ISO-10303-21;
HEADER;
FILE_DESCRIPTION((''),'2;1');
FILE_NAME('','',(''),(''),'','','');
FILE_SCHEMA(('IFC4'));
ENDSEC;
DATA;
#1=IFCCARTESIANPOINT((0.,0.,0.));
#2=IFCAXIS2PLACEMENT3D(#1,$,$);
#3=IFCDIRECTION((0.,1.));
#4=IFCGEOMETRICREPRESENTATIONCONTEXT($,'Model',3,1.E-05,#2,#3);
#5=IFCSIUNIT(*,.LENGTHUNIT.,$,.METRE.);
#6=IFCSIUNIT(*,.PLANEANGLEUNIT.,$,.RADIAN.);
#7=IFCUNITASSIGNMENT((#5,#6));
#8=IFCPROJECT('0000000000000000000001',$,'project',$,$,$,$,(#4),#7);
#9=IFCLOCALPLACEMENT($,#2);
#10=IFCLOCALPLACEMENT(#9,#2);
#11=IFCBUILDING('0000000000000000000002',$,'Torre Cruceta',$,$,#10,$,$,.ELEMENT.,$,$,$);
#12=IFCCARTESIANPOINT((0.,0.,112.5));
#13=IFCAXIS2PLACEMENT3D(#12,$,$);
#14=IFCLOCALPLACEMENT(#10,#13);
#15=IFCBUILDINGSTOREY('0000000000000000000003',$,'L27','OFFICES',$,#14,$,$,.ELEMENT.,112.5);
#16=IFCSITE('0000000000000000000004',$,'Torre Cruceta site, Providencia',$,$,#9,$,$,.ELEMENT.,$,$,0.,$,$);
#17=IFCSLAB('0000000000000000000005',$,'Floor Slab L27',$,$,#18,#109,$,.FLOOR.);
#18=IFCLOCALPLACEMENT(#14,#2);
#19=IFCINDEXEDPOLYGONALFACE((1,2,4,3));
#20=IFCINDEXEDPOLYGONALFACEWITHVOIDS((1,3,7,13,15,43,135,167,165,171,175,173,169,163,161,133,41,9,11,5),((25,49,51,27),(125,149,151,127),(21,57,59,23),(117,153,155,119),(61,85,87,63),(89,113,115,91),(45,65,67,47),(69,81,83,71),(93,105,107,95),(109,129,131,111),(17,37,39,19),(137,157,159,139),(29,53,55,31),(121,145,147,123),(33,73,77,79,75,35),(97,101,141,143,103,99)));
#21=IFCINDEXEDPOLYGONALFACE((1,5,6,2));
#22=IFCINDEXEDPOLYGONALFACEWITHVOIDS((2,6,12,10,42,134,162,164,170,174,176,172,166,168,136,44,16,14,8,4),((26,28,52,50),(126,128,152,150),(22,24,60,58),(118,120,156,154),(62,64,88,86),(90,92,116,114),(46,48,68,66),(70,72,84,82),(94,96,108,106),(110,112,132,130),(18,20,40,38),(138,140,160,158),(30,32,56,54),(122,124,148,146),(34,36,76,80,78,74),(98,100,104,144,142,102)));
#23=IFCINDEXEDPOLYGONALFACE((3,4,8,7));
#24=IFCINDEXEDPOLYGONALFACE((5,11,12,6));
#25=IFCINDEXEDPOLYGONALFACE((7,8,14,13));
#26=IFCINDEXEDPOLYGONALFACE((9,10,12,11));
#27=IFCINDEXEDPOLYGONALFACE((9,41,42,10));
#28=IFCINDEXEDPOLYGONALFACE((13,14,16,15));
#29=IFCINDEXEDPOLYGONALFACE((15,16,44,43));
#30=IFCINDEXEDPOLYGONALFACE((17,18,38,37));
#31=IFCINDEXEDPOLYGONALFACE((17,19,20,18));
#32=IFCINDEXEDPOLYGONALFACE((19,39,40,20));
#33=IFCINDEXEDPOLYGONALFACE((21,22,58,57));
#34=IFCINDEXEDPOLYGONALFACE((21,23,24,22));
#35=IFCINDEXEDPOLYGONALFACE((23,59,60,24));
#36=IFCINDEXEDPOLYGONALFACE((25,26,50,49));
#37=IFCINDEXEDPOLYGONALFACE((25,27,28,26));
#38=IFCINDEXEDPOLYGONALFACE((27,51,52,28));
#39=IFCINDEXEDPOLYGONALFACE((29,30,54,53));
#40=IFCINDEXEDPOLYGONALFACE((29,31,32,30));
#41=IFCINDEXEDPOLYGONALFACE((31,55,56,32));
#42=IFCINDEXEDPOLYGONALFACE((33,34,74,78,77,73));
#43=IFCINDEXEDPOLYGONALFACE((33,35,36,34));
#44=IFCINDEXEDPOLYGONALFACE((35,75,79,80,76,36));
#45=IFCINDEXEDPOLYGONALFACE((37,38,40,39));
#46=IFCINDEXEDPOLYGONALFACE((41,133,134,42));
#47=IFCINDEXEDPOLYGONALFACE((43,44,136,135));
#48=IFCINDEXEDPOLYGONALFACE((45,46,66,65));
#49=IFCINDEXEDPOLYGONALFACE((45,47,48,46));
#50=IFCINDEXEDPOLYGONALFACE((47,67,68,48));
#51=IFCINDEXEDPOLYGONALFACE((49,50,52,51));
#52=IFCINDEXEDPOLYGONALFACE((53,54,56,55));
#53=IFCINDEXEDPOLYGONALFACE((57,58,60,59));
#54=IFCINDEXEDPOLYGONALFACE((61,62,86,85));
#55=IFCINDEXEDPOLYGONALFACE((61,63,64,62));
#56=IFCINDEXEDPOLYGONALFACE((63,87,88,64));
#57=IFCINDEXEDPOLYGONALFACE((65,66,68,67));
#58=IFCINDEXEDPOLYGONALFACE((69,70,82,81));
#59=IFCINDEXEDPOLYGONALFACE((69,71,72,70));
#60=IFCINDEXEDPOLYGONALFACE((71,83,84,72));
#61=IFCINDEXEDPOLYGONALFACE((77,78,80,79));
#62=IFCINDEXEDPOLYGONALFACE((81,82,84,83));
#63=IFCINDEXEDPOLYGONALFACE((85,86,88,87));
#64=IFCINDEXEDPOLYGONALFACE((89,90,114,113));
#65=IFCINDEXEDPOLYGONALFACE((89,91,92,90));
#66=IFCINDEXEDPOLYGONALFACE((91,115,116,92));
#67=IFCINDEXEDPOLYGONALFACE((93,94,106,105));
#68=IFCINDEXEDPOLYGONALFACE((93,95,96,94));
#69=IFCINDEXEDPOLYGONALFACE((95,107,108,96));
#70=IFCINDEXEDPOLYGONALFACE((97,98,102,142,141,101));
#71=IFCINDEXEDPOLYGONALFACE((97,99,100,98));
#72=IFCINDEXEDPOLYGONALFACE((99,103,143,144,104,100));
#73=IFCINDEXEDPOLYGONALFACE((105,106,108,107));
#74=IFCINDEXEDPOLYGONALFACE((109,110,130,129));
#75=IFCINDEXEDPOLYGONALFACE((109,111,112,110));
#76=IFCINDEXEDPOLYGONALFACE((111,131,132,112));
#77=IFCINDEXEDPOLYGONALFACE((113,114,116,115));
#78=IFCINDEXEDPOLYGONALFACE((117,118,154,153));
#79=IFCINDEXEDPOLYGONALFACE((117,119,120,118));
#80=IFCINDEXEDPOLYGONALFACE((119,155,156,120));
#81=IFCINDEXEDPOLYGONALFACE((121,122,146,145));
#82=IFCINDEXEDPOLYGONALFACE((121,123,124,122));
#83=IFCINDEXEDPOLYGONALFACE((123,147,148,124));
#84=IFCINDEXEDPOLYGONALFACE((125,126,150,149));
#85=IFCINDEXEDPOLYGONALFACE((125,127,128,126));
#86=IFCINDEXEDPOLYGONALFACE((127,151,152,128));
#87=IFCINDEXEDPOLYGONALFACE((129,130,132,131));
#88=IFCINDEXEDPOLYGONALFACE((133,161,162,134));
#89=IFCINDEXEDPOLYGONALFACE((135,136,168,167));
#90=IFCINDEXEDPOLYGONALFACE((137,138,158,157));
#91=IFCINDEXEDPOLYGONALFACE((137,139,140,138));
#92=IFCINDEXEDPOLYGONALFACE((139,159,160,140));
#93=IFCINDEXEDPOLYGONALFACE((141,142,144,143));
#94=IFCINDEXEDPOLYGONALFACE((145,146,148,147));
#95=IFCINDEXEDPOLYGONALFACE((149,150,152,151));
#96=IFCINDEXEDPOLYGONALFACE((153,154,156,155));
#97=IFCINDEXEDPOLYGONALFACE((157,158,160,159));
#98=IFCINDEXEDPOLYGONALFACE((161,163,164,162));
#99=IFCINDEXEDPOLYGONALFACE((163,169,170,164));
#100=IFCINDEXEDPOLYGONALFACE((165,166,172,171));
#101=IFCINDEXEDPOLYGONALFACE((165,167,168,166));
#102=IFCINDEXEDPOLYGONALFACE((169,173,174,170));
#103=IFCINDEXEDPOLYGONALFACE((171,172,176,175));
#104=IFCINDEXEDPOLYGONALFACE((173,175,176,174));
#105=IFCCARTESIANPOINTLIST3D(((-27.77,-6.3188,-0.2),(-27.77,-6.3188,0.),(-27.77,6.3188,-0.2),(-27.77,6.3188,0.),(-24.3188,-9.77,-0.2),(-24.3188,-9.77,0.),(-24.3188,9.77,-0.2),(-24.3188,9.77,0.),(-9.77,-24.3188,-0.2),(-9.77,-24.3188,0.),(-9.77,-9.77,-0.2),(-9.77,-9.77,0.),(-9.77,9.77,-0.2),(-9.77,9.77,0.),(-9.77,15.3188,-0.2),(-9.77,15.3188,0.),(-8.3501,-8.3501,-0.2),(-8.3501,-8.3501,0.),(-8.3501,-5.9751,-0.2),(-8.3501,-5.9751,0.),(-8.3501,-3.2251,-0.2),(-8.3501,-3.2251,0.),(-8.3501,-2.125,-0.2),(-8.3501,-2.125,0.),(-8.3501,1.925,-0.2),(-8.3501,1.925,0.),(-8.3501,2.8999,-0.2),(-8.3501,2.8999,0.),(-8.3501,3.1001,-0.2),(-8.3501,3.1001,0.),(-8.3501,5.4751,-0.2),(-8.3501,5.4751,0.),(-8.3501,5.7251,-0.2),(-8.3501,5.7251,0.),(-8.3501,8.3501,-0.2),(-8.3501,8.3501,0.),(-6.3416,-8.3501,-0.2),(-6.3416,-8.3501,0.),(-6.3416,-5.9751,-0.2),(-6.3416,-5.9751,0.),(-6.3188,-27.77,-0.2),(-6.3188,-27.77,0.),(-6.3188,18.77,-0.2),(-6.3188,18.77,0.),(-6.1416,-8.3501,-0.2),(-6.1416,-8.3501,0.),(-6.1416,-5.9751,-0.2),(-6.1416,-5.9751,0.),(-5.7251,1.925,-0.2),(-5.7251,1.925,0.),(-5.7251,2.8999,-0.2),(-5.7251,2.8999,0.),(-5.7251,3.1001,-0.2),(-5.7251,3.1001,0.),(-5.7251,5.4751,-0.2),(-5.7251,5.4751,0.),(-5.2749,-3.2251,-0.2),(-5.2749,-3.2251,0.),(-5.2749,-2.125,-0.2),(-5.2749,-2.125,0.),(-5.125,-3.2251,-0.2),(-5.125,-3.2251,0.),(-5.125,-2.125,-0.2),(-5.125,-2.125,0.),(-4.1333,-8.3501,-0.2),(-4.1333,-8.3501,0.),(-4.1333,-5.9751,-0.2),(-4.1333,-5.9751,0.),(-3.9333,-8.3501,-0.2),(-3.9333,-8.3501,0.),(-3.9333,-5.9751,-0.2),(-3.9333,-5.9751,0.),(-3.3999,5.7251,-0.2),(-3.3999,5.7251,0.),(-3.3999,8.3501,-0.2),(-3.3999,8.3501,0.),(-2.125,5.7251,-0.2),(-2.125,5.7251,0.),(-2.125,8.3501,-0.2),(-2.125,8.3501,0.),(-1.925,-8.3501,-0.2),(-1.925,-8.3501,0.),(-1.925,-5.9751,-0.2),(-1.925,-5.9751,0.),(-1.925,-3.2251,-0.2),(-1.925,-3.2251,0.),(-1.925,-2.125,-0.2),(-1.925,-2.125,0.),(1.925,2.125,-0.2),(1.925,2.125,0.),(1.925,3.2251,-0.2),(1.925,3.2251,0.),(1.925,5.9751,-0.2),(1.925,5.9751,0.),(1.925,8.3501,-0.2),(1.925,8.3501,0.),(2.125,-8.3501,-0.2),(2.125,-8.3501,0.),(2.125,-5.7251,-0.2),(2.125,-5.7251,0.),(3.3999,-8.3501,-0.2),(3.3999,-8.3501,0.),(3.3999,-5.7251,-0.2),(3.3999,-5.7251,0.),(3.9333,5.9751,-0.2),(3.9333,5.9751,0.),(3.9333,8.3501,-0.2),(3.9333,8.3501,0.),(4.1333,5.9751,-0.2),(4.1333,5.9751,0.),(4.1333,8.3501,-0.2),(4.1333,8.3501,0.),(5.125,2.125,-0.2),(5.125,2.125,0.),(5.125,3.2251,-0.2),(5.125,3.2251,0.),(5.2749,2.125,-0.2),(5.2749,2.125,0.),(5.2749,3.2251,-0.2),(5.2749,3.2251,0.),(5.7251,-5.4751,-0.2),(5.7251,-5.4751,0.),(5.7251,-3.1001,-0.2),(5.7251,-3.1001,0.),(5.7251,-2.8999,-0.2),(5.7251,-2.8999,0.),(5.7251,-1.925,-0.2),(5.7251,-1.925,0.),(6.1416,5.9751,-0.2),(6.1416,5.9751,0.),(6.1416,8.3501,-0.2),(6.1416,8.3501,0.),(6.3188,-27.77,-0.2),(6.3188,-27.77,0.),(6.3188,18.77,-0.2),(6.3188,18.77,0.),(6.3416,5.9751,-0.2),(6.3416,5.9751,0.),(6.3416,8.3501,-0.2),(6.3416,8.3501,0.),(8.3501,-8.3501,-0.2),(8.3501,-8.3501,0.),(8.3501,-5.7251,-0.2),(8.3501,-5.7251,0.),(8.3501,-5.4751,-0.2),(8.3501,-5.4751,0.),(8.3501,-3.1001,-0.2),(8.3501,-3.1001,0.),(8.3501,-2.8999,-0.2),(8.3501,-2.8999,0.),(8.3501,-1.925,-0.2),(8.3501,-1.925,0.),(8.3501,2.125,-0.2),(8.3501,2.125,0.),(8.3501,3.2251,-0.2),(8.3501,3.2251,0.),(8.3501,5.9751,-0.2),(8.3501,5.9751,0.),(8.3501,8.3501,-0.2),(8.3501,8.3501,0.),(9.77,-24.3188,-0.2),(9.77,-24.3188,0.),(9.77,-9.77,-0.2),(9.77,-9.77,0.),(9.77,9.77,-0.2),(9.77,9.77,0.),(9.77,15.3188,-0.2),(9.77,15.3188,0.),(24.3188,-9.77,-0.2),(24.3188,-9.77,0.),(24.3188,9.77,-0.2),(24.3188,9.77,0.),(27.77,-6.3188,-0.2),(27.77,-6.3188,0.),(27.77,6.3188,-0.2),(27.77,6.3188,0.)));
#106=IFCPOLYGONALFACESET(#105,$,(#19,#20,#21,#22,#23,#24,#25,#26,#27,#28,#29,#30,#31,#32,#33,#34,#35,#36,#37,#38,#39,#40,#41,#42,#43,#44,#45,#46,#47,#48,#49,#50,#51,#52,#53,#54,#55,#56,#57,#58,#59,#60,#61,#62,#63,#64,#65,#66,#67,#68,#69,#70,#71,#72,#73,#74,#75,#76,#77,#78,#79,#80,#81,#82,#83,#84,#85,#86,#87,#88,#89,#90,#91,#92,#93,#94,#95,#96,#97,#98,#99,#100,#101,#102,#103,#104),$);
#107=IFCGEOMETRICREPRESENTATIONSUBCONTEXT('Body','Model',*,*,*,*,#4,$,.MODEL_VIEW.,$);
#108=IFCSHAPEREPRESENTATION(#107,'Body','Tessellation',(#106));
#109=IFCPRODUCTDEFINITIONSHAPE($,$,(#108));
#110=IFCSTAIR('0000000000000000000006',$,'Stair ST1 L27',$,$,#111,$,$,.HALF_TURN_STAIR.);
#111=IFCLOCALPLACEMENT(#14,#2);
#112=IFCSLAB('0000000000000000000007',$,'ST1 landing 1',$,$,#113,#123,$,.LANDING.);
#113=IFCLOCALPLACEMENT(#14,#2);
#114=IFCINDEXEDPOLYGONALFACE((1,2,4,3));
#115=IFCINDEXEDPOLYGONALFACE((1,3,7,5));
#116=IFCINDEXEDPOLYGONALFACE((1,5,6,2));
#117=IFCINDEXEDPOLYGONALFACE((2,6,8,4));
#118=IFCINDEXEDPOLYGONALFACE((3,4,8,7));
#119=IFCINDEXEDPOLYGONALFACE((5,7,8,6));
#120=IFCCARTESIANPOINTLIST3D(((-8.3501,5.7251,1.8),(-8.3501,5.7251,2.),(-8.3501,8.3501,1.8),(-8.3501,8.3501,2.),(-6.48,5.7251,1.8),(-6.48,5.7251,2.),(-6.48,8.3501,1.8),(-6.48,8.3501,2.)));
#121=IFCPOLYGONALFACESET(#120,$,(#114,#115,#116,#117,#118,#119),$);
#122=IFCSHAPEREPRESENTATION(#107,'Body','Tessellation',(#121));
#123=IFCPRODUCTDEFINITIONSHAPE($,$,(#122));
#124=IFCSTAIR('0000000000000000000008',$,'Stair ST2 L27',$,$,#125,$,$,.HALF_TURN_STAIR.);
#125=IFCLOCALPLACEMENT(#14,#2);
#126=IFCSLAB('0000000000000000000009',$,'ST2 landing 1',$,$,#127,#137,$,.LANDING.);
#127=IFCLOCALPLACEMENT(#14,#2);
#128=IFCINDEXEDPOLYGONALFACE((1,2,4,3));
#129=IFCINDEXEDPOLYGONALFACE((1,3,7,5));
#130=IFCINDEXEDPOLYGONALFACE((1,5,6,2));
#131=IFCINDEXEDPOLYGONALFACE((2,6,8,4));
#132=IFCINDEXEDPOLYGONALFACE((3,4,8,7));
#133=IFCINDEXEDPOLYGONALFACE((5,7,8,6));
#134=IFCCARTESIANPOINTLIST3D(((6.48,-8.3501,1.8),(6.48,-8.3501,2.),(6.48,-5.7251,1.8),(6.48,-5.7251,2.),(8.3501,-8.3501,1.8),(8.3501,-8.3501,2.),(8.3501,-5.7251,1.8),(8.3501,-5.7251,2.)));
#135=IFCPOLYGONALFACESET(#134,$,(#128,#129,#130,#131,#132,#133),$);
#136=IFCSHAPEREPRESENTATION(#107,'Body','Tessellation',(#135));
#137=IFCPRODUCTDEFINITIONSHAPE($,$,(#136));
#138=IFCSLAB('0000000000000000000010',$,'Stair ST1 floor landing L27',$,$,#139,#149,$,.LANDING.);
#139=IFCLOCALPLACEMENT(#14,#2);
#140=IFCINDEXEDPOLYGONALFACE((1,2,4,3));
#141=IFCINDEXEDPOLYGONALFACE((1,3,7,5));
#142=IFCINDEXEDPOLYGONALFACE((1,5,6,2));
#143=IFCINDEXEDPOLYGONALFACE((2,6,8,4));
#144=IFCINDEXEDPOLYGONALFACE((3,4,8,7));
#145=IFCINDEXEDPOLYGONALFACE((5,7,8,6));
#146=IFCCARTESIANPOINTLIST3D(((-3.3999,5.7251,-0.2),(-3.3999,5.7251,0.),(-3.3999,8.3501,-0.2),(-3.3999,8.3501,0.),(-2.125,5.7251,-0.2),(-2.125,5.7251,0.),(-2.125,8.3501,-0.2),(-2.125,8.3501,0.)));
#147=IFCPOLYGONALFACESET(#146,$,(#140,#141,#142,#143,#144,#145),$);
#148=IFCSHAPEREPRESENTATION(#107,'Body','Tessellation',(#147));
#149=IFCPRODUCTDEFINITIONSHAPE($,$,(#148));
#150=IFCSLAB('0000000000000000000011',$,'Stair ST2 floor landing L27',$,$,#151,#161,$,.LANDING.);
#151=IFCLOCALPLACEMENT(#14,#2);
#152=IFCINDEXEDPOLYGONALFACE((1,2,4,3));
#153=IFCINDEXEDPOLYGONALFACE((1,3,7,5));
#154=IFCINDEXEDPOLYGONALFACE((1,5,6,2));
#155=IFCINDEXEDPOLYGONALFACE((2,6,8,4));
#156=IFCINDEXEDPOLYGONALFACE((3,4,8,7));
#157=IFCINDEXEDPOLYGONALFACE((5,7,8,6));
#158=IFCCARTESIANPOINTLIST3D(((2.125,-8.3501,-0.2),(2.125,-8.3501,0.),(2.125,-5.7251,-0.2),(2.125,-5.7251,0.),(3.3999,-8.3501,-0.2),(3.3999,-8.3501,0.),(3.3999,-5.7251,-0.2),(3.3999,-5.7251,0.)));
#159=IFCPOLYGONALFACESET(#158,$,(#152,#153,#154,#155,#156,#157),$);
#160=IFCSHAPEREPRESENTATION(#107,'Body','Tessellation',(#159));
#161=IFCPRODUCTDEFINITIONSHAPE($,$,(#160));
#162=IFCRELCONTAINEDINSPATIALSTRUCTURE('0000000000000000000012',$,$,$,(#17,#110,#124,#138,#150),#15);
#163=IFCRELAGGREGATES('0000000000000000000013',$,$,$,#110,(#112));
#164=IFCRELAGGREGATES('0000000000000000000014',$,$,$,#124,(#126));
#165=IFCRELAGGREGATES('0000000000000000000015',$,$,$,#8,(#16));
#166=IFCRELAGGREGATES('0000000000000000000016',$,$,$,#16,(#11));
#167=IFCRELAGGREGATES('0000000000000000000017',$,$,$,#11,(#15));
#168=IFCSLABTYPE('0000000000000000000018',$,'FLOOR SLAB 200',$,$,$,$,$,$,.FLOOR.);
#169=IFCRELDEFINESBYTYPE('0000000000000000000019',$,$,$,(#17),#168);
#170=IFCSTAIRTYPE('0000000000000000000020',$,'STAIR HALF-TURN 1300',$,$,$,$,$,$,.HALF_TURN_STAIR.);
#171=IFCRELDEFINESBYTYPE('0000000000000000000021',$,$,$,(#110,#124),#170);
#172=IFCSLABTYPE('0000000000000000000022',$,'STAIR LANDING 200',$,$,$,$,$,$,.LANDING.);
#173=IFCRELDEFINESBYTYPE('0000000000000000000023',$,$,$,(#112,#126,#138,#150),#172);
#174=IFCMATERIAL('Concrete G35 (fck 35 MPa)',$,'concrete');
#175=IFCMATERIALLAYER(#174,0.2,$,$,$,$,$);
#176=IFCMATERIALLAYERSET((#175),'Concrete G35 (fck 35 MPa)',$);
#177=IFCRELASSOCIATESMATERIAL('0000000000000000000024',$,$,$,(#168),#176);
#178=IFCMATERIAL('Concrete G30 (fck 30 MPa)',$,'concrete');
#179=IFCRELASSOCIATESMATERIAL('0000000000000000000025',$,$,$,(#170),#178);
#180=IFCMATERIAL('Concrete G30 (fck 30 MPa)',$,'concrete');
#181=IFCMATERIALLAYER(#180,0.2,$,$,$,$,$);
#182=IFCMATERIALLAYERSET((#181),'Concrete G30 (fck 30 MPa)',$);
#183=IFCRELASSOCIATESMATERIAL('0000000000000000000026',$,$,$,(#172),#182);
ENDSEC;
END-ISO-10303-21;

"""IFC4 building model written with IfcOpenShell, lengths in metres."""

from ifc_helpers import new_model, si_unit, direction, frame, origin, place, context, subcontext, project, spatial, polyline, outline, extrude, material, layer, layer_set, type_object, element, aggregate, save


model = new_model("IFC4")

# Units and contexts
model_context = context("Model", 3, precision=1e-05, world=origin(), true_north=direction((0.0, 1.0)))
body_context = subcontext(model_context, "Body", "Model", "MODEL_VIEW")
ifc_project = project(units=[si_unit("LENGTHUNIT", "METRE"), si_unit("PLANEANGLEUNIT", "RADIAN")], contexts=[model_context])

# Site, building, storey
site_placement = place(None, origin())
site = spatial("IfcSite", under=ifc_project, at=site_placement, Name="Torre Cruceta site, Providencia", CompositionType="ELEMENT", RefElevation=0.0)
building_placement = place(site_placement, origin())
building = spatial("IfcBuilding", under=site, at=building_placement, Name="Torre Cruceta", CompositionType="ELEMENT")
storey_placement = place(building_placement, frame((0.0, 0.0, 112.5)))
storey = spatial("IfcBuildingStorey", under=building, at=storey_placement, Name="L27", Description="OFFICES", CompositionType="ELEMENT", Elevation=112.5)

# Slab
ifc_material_1 = material(Name="Concrete G35 (fck 35 MPa)", Category="concrete")
ifc_layer_1 = layer(ifc_material_1, 0.2)
ifc_layer_set_1 = layer_set([ifc_layer_1], Name="Concrete G35 (fck 35 MPa)")
slab_type_1 = type_object("IfcSlabType", Name="FLOOR SLAB 200", PredefinedType="FLOOR", material=ifc_layer_set_1)
slab_1_placement = place(storey_placement, frame((0.0, 0.0, -0.2)))
element("IfcSlab", 1, at=slab_1_placement, inside=storey, type_object=slab_type_1, Name="Floor Slab L27", PredefinedType="FLOOR", context=body_context, shape_type="SweptSolid", body=[
    extrude(outline(polyline([(9.77, -9.77), (9.77, -24.3188), (6.3188, -27.77), (-6.3188, -27.77), (-9.77, -24.3188), (-9.77, -9.77), (-24.3188, -9.77), (-27.77, -6.3188), (-27.77, 6.3188), (-24.3188, 9.77), (-9.77, 9.77), (-9.77, 15.3188), (-6.3188, 18.77), (6.3188, 18.77), (9.77, 15.3188), (9.77, 9.77), (24.3188, 9.77), (27.77, 6.3188), (27.77, -6.3188), (24.3188, -9.77), (9.77, -9.77)]), holes=[polyline([(1.925, 5.9751), (3.9333, 5.9751), (3.9333, 8.3501), (1.925, 8.3501), (1.925, 5.9751)]), polyline([(4.1333, 5.9751), (6.1416, 5.9751), (6.1416, 8.3501), (4.1333, 8.3501), (4.1333, 5.9751)]), polyline([(6.3416, 5.9751), (8.3501, 5.9751), (8.3501, 8.3501), (6.3416, 8.3501), (6.3416, 5.9751)]), polyline([(1.925, 2.125), (5.125, 2.125), (5.125, 3.2251), (1.925, 3.2251), (1.925, 2.125)]), polyline([(5.2749, 2.125), (8.3501, 2.125), (8.3501, 3.2251), (5.2749, 3.2251), (5.2749, 2.125)]), polyline([(-8.3501, 3.1001), (-5.7251, 3.1001), (-5.7251, 5.4751), (-8.3501, 5.4751), (-8.3501, 3.1001)]), polyline([(-8.3501, 1.925), (-5.7251, 1.925), (-5.7251, 2.8999), (-8.3501, 2.8999), (-8.3501, 1.925)]), polyline([(-3.9333, -8.3501), (-1.925, -8.3501), (-1.925, -5.9751), (-3.9333, -5.9751), (-3.9333, -8.3501)]), polyline([(-6.1416, -8.3501), (-4.1333, -8.3501), (-4.1333, -5.9751), (-6.1416, -5.9751), (-6.1416, -8.3501)]), polyline([(-8.3501, -8.3501), (-6.3416, -8.3501), (-6.3416, -5.9751), (-8.3501, -5.9751), (-8.3501, -8.3501)]), polyline([(-5.125, -3.2251), (-1.925, -3.2251), (-1.925, -2.125), (-5.125, -2.125), (-5.125, -3.2251)]), polyline([(-8.3501, -3.2251), (-5.2749, -3.2251), (-5.2749, -2.125), (-8.3501, -2.125), (-8.3501, -3.2251)]), polyline([(5.7251, -5.4751), (8.3501, -5.4751), (8.3501, -3.1001), (5.7251, -3.1001), (5.7251, -5.4751)]), polyline([(5.7251, -2.8999), (8.3501, -2.8999), (8.3501, -1.925), (5.7251, -1.925), (5.7251, -2.8999)]), polyline([(-8.3501, 5.7251), (-8.3501, 8.3501), (-3.3999, 8.3501), (-2.125, 8.3501), (-2.125, 5.7251), (-3.3999, 5.7251), (-8.3501, 5.7251)]), polyline([(2.125, -5.7251), (3.3999, -5.7251), (8.3501, -5.7251), (8.3501, -8.3501), (3.3999, -8.3501), (2.125, -8.3501), (2.125, -5.7251)])]), origin(), (0.0, 0.0, 1.0), 0.2),
])

# Stairs, slabs
ifc_material_2 = material(Name="Concrete G30 (fck 30 MPa)", Category="concrete")
stair_type = type_object("IfcStairType", Name="STAIR HALF-TURN 1300", PredefinedType="HALF_TURN_STAIR", material=ifc_material_2)
stair_1_placement = place(storey_placement, origin())
stair_1 = element("IfcStair", 2, at=stair_1_placement, inside=storey, type_object=stair_type, Name="Stair ST1 L27", PredefinedType="HALF_TURN_STAIR")
ifc_material_3 = material(Name="Concrete G30 (fck 30 MPa)", Category="concrete")
ifc_layer_2 = layer(ifc_material_3, 0.2)
ifc_layer_set_2 = layer_set([ifc_layer_2], Name="Concrete G30 (fck 30 MPa)")
slab_type_2 = type_object("IfcSlabType", Name="STAIR LANDING 200", PredefinedType="LANDING", material=ifc_layer_set_2)
slab_2_placement = place(storey_placement, frame((0.0, 0.0, 1.8)))
slab_2 = element("IfcSlab", 3, at=slab_2_placement, type_object=slab_type_2, Name="ST1 landing 1", PredefinedType="LANDING", context=body_context, shape_type="SweptSolid", body=[
    extrude(outline(polyline([(-8.3501, 5.7251), (-6.48, 5.7251), (-6.48, 8.3501), (-8.3501, 8.3501), (-8.3501, 5.7251)])), origin(), (0.0, 0.0, 1.0), 0.2),
])
aggregate(stair_1, [slab_2])
stair_2_placement = place(storey_placement, origin())
stair_2 = element("IfcStair", 4, at=stair_2_placement, inside=storey, type_object=stair_type, Name="Stair ST2 L27", PredefinedType="HALF_TURN_STAIR")
slab_3_placement = place(storey_placement, frame((0.0, 0.0, 1.8)))
slab_3 = element("IfcSlab", 5, at=slab_3_placement, type_object=slab_type_2, Name="ST2 landing 1", PredefinedType="LANDING", context=body_context, shape_type="SweptSolid", body=[
    extrude(outline(polyline([(6.48, -8.3501), (8.3501, -8.3501), (8.3501, -5.7251), (6.48, -5.7251), (6.48, -8.3501)])), origin(), (0.0, 0.0, 1.0), 0.2),
])
aggregate(stair_2, [slab_3])

# Slabs
slab_4_placement = place(storey_placement, frame((0.0, 0.0, -0.2)))
element("IfcSlab", 6, at=slab_4_placement, inside=storey, type_object=slab_type_2, Name="Stair ST1 floor landing L27", PredefinedType="LANDING", context=body_context, shape_type="SweptSolid", body=[
    extrude(outline(polyline([(-2.125, 8.3501), (-2.125, 5.7251), (-3.3999, 5.7251), (-3.3999, 8.3501), (-2.125, 8.3501)])), origin(), (0.0, 0.0, 1.0), 0.2),
])
slab_5_placement = place(storey_placement, frame((0.0, 0.0, -0.2)))
element("IfcSlab", 7, at=slab_5_placement, inside=storey, type_object=slab_type_2, Name="Stair ST2 floor landing L27", PredefinedType="LANDING", context=body_context, shape_type="SweptSolid", body=[
    extrude(outline(polyline([(2.125, -8.3501), (2.125, -5.7251), (3.3999, -5.7251), (3.3999, -8.3501), (2.125, -8.3501)])), origin(), (0.0, 0.0, 1.0), 0.2),
])

save(model, "model.ifc")
